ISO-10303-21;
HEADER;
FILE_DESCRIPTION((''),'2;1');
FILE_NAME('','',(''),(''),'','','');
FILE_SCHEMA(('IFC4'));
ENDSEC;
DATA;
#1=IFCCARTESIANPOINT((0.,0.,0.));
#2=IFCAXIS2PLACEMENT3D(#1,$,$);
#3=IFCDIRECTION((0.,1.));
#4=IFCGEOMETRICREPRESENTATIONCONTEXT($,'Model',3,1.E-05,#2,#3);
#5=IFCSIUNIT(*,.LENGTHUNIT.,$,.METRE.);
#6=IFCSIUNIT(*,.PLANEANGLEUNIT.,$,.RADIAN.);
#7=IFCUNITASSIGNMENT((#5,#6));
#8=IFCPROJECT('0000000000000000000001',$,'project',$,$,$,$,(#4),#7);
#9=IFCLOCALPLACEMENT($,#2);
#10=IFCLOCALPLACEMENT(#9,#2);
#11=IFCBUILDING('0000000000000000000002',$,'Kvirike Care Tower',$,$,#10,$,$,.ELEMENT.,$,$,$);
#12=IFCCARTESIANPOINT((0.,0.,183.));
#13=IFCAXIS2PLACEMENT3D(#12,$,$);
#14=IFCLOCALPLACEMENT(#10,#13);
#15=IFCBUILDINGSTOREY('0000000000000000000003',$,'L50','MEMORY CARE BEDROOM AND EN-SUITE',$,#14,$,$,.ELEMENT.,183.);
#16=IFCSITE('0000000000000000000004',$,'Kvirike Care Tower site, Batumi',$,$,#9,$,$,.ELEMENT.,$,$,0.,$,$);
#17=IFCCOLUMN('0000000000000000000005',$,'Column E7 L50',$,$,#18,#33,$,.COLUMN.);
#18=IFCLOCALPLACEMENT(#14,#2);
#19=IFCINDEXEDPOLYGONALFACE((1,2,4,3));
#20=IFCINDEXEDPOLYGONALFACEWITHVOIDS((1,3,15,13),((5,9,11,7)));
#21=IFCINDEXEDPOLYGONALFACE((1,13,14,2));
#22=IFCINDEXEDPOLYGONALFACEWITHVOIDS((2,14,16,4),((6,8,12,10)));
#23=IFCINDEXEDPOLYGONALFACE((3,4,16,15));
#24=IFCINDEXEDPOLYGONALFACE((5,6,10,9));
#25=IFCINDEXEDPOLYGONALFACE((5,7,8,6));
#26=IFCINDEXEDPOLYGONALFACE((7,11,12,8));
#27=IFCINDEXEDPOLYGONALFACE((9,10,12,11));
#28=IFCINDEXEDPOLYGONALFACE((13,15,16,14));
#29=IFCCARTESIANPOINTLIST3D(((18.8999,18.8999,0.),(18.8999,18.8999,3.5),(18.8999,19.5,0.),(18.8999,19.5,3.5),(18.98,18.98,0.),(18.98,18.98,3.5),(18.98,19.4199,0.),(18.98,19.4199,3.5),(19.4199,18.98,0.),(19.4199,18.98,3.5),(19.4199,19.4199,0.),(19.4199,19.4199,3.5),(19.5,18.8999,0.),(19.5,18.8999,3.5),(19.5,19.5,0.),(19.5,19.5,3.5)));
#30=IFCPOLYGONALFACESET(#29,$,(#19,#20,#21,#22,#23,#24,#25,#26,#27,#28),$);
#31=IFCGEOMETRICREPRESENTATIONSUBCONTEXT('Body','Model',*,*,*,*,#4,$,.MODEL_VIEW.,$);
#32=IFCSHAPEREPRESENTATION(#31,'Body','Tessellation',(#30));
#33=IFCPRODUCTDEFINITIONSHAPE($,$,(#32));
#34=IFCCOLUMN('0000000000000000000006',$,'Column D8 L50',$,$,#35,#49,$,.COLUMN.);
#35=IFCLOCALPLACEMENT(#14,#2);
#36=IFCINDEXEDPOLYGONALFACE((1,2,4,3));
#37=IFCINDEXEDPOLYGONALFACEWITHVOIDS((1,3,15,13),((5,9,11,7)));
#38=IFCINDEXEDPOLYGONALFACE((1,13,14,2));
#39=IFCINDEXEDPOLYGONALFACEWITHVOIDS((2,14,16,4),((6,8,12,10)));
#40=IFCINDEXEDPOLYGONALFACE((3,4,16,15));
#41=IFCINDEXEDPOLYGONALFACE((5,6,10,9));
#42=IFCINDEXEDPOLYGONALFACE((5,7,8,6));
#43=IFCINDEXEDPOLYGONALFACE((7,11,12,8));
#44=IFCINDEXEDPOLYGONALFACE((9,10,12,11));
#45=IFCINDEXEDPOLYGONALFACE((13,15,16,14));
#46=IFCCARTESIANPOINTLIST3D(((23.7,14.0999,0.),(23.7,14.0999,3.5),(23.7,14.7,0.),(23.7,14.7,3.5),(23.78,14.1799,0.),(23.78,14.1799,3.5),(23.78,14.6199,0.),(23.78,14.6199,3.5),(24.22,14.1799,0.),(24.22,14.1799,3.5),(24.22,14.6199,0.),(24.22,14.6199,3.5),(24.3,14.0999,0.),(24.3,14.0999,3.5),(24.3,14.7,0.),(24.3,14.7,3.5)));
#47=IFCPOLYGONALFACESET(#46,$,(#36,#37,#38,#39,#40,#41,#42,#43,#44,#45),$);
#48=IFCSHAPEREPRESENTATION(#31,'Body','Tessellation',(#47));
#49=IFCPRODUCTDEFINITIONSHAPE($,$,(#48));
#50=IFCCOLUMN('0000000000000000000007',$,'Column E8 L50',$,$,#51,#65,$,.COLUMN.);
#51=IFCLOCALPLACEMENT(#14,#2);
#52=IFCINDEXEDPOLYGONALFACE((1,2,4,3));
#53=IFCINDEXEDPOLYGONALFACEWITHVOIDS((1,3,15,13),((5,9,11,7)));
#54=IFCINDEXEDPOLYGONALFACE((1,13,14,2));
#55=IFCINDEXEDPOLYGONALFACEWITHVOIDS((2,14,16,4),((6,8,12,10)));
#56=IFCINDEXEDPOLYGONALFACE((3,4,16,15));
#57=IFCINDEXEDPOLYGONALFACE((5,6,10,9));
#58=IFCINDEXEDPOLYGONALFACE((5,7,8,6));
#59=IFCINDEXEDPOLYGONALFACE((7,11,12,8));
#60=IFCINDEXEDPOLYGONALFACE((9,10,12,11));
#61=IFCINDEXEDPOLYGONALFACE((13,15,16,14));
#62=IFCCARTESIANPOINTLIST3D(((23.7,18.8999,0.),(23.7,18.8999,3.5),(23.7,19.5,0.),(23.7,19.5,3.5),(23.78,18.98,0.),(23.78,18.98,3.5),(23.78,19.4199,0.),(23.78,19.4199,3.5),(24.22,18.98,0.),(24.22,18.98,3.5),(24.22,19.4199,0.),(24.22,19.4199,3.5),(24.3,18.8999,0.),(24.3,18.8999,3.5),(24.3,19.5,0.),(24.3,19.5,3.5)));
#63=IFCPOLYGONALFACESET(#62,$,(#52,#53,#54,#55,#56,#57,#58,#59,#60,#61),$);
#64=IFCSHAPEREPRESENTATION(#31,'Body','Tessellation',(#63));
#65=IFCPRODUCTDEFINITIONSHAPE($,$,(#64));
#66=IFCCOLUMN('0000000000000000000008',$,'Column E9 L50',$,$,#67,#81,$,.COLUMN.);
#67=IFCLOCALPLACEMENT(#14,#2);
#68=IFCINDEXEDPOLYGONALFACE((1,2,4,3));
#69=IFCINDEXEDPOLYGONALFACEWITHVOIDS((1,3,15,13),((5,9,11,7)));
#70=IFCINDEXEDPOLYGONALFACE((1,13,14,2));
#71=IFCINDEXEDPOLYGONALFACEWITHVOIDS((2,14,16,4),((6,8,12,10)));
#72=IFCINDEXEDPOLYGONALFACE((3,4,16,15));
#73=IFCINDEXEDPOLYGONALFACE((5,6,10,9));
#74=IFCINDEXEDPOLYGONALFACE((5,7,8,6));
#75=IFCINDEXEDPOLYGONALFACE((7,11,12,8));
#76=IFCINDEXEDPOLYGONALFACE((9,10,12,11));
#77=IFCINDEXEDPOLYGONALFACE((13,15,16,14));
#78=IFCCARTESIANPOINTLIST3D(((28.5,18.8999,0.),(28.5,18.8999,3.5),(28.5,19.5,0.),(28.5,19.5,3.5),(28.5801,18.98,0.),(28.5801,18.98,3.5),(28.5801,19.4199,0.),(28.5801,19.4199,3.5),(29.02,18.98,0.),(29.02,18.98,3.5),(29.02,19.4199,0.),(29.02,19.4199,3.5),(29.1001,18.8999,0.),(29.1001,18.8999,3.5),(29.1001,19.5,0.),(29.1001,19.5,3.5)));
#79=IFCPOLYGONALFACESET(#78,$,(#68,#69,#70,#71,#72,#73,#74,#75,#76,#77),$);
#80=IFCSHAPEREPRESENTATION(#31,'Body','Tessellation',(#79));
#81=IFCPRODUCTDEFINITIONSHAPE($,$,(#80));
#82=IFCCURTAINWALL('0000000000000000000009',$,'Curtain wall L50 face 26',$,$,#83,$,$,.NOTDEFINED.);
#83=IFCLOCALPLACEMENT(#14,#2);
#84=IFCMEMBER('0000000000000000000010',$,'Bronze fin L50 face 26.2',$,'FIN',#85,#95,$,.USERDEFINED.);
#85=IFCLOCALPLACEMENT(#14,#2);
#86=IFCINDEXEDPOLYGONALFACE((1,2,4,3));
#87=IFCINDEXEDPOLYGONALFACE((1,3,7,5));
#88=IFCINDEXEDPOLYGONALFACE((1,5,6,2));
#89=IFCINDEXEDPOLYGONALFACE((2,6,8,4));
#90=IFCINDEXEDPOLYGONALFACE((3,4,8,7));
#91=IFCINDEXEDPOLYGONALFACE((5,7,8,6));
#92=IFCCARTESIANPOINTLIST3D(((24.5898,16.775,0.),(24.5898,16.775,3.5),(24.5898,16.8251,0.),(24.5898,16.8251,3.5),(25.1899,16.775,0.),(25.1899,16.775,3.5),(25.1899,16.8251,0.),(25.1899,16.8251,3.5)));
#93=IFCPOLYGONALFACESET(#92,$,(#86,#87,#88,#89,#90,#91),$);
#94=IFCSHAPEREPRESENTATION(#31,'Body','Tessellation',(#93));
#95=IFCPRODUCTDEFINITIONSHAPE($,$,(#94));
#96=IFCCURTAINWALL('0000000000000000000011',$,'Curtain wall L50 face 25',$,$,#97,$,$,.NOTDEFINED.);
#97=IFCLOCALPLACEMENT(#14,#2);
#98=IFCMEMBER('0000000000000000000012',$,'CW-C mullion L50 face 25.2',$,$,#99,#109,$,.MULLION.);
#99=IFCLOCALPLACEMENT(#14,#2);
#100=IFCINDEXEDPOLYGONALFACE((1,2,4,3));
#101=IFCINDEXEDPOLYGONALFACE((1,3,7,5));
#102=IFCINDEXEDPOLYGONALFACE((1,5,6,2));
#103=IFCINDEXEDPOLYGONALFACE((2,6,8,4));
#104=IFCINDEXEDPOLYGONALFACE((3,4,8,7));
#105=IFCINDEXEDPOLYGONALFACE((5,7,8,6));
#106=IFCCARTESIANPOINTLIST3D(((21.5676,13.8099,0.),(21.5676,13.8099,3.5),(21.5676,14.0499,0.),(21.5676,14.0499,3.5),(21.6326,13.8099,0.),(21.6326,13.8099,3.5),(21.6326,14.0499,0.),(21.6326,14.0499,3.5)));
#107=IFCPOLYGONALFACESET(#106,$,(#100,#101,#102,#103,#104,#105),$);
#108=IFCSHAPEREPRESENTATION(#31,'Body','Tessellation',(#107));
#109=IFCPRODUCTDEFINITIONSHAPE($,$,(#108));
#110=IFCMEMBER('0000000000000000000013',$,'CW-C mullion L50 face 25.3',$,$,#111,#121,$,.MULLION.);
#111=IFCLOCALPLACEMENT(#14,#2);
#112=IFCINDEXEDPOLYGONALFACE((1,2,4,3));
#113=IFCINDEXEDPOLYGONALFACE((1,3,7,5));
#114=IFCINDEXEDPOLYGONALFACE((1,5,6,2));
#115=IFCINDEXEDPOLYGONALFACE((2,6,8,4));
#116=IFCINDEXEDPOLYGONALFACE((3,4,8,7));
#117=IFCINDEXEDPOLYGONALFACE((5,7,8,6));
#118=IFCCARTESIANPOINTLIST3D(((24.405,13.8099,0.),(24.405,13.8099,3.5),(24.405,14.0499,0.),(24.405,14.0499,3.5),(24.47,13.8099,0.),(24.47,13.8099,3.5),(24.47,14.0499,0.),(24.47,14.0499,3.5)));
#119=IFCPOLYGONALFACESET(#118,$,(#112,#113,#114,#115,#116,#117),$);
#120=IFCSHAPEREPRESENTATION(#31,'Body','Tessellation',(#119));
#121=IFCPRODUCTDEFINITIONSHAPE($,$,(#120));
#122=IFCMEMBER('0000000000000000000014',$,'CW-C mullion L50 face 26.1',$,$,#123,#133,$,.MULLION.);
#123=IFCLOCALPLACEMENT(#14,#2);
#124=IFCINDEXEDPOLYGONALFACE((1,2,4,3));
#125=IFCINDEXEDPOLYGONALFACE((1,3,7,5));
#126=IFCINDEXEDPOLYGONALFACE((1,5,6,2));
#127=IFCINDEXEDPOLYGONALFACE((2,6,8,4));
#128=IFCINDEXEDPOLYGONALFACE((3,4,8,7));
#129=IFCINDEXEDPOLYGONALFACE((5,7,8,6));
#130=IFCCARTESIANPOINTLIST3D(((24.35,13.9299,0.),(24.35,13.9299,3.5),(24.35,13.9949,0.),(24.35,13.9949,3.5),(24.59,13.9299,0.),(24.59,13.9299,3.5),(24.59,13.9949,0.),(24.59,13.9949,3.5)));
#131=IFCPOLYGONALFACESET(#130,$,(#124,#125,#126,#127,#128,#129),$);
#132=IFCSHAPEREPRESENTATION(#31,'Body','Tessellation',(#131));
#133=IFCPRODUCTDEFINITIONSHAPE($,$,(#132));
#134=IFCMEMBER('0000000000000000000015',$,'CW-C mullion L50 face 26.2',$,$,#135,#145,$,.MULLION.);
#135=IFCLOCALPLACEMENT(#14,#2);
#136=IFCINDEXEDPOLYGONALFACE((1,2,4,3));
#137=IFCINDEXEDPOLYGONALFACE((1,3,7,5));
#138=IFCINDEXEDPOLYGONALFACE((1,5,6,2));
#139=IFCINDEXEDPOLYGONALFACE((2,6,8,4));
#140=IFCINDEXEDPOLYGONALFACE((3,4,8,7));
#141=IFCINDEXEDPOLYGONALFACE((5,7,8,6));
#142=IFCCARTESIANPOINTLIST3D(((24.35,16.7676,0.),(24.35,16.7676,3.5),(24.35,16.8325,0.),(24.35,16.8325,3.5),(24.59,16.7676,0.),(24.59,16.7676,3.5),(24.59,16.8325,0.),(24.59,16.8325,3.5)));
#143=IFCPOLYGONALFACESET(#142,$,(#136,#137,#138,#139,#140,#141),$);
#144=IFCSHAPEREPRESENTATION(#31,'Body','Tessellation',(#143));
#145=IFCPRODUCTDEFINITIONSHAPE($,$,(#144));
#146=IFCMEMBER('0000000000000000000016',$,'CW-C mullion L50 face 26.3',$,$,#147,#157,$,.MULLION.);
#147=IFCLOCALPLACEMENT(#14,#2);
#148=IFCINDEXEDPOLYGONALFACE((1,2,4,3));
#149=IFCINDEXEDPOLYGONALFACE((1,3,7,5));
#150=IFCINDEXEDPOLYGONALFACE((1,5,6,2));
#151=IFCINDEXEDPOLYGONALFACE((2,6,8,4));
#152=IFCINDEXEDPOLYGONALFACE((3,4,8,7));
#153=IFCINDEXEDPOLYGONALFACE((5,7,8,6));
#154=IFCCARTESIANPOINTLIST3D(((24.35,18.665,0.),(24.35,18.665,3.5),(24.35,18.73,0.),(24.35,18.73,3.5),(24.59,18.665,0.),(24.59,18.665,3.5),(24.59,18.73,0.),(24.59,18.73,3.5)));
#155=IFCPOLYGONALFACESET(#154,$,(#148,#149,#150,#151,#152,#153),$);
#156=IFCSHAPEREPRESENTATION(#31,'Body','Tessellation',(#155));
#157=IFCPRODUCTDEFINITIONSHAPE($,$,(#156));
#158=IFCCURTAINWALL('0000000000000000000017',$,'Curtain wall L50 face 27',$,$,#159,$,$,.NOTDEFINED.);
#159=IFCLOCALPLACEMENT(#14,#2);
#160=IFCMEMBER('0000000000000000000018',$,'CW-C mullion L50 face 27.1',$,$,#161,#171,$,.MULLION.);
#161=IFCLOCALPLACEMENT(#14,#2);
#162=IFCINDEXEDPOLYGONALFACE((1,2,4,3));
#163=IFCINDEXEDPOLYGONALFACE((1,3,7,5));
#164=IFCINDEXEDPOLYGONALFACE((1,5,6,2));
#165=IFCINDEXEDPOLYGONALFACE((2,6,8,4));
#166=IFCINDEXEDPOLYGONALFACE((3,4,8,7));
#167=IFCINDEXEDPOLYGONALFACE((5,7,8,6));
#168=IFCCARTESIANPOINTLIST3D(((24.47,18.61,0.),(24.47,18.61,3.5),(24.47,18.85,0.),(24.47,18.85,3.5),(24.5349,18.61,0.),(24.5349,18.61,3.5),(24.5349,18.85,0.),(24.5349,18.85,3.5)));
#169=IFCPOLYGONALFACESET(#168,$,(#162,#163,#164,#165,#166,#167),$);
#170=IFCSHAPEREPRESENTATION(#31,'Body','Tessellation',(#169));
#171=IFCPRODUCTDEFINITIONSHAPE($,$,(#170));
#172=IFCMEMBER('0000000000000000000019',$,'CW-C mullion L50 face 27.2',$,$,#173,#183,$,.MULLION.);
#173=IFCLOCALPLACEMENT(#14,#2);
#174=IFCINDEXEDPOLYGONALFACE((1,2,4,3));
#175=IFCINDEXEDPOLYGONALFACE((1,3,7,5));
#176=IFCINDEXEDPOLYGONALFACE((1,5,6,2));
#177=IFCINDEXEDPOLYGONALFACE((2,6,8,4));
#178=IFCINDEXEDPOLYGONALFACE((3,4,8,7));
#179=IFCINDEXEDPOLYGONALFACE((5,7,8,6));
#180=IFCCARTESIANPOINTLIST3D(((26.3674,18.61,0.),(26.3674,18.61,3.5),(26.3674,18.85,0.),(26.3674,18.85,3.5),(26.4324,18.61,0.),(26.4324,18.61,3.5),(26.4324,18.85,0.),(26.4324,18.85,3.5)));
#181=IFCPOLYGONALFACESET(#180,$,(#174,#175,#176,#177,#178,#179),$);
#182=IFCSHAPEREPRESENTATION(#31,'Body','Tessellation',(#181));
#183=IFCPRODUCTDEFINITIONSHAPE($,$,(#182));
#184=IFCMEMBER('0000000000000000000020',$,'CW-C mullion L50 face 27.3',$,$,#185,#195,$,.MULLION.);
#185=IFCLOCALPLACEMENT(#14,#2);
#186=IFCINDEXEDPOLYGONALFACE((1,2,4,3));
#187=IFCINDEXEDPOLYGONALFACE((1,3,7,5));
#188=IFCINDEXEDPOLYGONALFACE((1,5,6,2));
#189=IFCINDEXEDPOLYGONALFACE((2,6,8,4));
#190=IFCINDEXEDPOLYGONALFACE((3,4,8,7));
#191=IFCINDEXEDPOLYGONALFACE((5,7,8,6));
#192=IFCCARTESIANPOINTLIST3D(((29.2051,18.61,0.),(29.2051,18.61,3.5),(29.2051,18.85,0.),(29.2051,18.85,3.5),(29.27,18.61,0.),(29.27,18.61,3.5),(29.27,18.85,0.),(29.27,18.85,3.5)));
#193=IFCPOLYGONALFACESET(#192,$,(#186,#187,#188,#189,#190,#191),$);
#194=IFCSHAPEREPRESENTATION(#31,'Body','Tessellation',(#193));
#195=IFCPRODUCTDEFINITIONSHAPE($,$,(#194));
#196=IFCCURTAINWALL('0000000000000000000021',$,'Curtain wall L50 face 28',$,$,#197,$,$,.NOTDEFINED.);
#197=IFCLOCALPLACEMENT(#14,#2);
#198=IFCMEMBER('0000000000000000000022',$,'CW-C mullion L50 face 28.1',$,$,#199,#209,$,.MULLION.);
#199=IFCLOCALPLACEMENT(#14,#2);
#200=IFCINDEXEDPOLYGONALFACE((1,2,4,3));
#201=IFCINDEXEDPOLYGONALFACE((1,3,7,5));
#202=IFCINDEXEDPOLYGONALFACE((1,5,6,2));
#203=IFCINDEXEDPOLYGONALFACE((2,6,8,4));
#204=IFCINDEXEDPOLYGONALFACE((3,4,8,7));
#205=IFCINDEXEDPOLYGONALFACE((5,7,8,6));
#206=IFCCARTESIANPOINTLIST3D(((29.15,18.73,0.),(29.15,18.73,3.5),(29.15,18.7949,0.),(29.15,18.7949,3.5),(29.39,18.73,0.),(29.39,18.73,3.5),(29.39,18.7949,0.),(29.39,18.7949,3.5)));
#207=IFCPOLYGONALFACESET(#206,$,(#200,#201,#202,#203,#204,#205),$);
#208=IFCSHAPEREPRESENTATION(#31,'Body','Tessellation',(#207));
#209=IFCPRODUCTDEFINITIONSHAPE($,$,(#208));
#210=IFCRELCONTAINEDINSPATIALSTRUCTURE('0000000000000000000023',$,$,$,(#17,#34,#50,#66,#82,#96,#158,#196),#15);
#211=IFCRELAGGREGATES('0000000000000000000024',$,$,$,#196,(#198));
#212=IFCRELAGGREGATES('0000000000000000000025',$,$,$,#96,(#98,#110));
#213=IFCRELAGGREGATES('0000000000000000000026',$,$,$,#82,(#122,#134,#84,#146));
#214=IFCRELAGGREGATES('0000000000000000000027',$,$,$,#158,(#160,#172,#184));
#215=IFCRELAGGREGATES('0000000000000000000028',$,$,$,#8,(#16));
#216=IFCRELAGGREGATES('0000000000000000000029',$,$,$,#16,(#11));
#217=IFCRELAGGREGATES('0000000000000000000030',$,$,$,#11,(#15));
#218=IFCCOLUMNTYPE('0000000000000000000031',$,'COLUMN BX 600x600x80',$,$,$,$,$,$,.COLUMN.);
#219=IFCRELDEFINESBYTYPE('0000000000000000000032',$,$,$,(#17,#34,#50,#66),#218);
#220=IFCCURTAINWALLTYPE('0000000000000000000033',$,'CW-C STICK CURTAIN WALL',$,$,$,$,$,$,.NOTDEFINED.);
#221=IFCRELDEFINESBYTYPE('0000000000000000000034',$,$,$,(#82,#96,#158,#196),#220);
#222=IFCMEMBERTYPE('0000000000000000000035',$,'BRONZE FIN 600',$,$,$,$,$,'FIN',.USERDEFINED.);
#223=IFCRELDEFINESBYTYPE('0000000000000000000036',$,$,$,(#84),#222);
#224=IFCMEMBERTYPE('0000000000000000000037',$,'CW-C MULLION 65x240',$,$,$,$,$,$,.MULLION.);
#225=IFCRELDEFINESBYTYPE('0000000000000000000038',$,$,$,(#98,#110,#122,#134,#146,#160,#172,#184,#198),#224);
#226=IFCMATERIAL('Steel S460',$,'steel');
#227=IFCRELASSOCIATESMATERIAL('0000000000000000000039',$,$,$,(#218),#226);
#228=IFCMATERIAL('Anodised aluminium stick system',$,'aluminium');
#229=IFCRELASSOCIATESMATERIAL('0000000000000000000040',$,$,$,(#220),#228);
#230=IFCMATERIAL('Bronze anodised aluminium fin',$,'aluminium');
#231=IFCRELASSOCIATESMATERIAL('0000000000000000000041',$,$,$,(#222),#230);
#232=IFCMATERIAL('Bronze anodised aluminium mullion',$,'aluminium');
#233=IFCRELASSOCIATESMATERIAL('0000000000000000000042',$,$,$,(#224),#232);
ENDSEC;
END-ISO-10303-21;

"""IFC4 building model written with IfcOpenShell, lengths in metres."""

from ifc_helpers import new_model, si_unit, direction, frame, origin, origin_2d, place, context, subcontext, project, spatial, rectangle, hollow_rectangle, extrude, material, material_profile, profile_set, type_object, element, aggregate, save


model = new_model("IFC4")

# Units and contexts
model_context = context("Model", 3, precision=1e-05, world=origin(), true_north=direction((0.0, 1.0)))
body_context = subcontext(model_context, "Body", "Model", "MODEL_VIEW")
ifc_project = project(units=[si_unit("LENGTHUNIT", "METRE"), si_unit("PLANEANGLEUNIT", "RADIAN")], contexts=[model_context])

# Site, building, storey
site_placement = place(None, origin())
site = spatial("IfcSite", under=ifc_project, at=site_placement, Name="Kvirike Care Tower site, Batumi", CompositionType="ELEMENT", RefElevation=0.0)
building_placement = place(site_placement, origin())
building = spatial("IfcBuilding", under=site, at=building_placement, Name="Kvirike Care Tower", CompositionType="ELEMENT")
storey_placement = place(building_placement, frame((0.0, 0.0, 183.0)))
storey = spatial("IfcBuildingStorey", under=building, at=storey_placement, Name="L50", Description="MEMORY CARE BEDROOM AND EN-SUITE", CompositionType="ELEMENT", Elevation=183.0)

# Columns
ifc_material_1 = material(Name="Steel S460", Category="steel")
ifc_material_profile_1 = material_profile(ifc_material_1, hollow_rectangle(XDim=0.6001, YDim=0.6001, WallThickness=0.0801, at=origin_2d()), Name="BX 600x600x80")
ifc_profile_set_1 = profile_set([ifc_material_profile_1], Name="Steel S460")
column_type = type_object("IfcColumnType", Name="COLUMN BX 600x600x80", PredefinedType="COLUMN", material=ifc_profile_set_1)
for number, where, z_axis, x_axis, name in (
    (1, (19.2, 19.2, 0.0), (0.0, 0.0, 1.0), (0.0, 1.0, 0.0), "Column E7 L50"),
    (2, (24.0, 14.3999, 0.0), (0.0, 0.0, 1.0), (0.0, 1.0, 0.0), "Column D8 L50"),
    (3, (24.0, 19.2, 0.0), (0.0, 0.0, 1.0), (0.0, 1.0, 0.0), "Column E8 L50"),
    (4, (28.8, 19.2, 0.0), (0.0, 0.0, 1.0), (0.0, 1.0, 0.0), "Column E9 L50"),
):
    element("IfcColumn", number, at=place(storey_placement, frame(where, z_axis=z_axis, x_axis=x_axis)), inside=storey, type_object=column_type, Name=name, PredefinedType="COLUMN", context=body_context, shape_type="SweptSolid", body=[
        extrude(hollow_rectangle(XDim=0.6001, YDim=0.6001, WallThickness=0.0801, at=origin_2d()), origin(), (0.0, 0.0, 1.0), 3.5),
    ])

# Curtain wall, member
ifc_material_2 = material(Name="Anodised aluminium stick system", Category="aluminium")
curtain_wall_type = type_object("IfcCurtainWallType", Name="CW-C STICK CURTAIN WALL", PredefinedType="NOTDEFINED", material=ifc_material_2)
curtain_wall_1_placement = place(storey_placement, origin())
curtain_wall_1 = element("IfcCurtainWall", 5, at=curtain_wall_1_placement, inside=storey, type_object=curtain_wall_type, Name="Curtain wall L50 face 26", PredefinedType="NOTDEFINED")
ifc_material_3 = material(Name="Bronze anodised aluminium fin", Category="aluminium")
ifc_material_profile_2 = material_profile(ifc_material_3, rectangle(XDim=0.05, YDim=0.6001, at=origin_2d()), Name="BRONZE FIN 600")
ifc_profile_set_2 = profile_set([ifc_material_profile_2], Name="Bronze anodised aluminium fin")
member_type_1 = type_object("IfcMemberType", Name="BRONZE FIN 600", ElementType="FIN", PredefinedType="USERDEFINED", material=ifc_profile_set_2)
member_1_placement = place(storey_placement, frame((24.8899, 16.8, 0.0), z_axis=(0.0, 0.0, 1.0), x_axis=(0.0, 1.0, 0.0)))
member_1 = element("IfcMember", 6, at=member_1_placement, type_object=member_type_1, Name="Bronze fin L50 face 26.2", ObjectType="FIN", PredefinedType="USERDEFINED", context=body_context, shape_type="SweptSolid", body=[
    extrude(rectangle(XDim=0.05, YDim=0.6001, at=origin_2d()), origin(), (0.0, 0.0, 1.0), 3.5),
])

# Curtain wall, members
curtain_wall_2_placement = place(storey_placement, origin())
curtain_wall_2 = element("IfcCurtainWall", 7, at=curtain_wall_2_placement, inside=storey, type_object=curtain_wall_type, Name="Curtain wall L50 face 25", PredefinedType="NOTDEFINED")
ifc_material_4 = material(Name="Bronze anodised aluminium mullion", Category="aluminium")
ifc_material_profile_3 = material_profile(ifc_material_4, rectangle(XDim=0.0649, YDim=0.24, at=origin_2d()), Name="CW-C MULLION 65x240")
ifc_profile_set_3 = profile_set([ifc_material_profile_3], Name="Bronze anodised aluminium mullion")
member_type_2 = type_object("IfcMemberType", Name="CW-C MULLION 65x240", PredefinedType="MULLION", material=ifc_profile_set_3)
member_2_placement = place(storey_placement, frame((21.6001, 13.9299, 0.0), z_axis=(0.0, 0.0, 1.0), x_axis=(1.0, 0.0, 0.0)))
member_2 = element("IfcMember", 8, at=member_2_placement, type_object=member_type_2, Name="CW-C mullion L50 face 25.2", PredefinedType="MULLION", context=body_context, shape_type="SweptSolid", body=[
    extrude(rectangle(XDim=0.0649, YDim=0.24, at=origin_2d()), origin(), (0.0, 0.0, 1.0), 3.5),
])
member_3_placement = place(storey_placement, frame((24.4375, 13.9299, 0.0), z_axis=(0.0, 0.0, 1.0), x_axis=(1.0, 0.0, 0.0)))
member_3 = element("IfcMember", 9, at=member_3_placement, type_object=member_type_2, Name="CW-C mullion L50 face 25.3", PredefinedType="MULLION", context=body_context, shape_type="SweptSolid", body=[
    extrude(rectangle(XDim=0.0649, YDim=0.24, at=origin_2d()), origin(), (0.0, 0.0, 1.0), 3.5),
])

# Members
member_4_placement = place(storey_placement, frame((24.47, 13.9624, 0.0), z_axis=(0.0, 0.0, 1.0), x_axis=(0.0, 1.0, 0.0)))
member_4 = element("IfcMember", 10, at=member_4_placement, type_object=member_type_2, Name="CW-C mullion L50 face 26.1", PredefinedType="MULLION", context=body_context, shape_type="SweptSolid", body=[
    extrude(rectangle(XDim=0.0649, YDim=0.24, at=origin_2d()), origin(), (0.0, 0.0, 1.0), 3.5),
])
member_5_placement = place(storey_placement, frame((24.47, 16.8, 0.0), z_axis=(0.0, 0.0, 1.0), x_axis=(0.0, 1.0, 0.0)))
member_5 = element("IfcMember", 11, at=member_5_placement, type_object=member_type_2, Name="CW-C mullion L50 face 26.2", PredefinedType="MULLION", context=body_context, shape_type="SweptSolid", body=[
    extrude(rectangle(XDim=0.0649, YDim=0.24, at=origin_2d()), origin(), (0.0, 0.0, 1.0), 3.5),
])
member_6_placement = place(storey_placement, frame((24.47, 18.6975, 0.0), z_axis=(0.0, 0.0, 1.0), x_axis=(0.0, 1.0, 0.0)))
member_6 = element("IfcMember", 12, at=member_6_placement, type_object=member_type_2, Name="CW-C mullion L50 face 26.3", PredefinedType="MULLION", context=body_context, shape_type="SweptSolid", body=[
    extrude(rectangle(XDim=0.0649, YDim=0.24, at=origin_2d()), origin(), (0.0, 0.0, 1.0), 3.5),
])

# Curtain wall, members
curtain_wall_3_placement = place(storey_placement, origin())
curtain_wall_3 = element("IfcCurtainWall", 13, at=curtain_wall_3_placement, inside=storey, type_object=curtain_wall_type, Name="Curtain wall L50 face 27", PredefinedType="NOTDEFINED")
member_7_placement = place(storey_placement, frame((24.5024, 18.73, 0.0), z_axis=(0.0, 0.0, 1.0), x_axis=(1.0, 0.0, 0.0)))
member_7 = element("IfcMember", 14, at=member_7_placement, type_object=member_type_2, Name="CW-C mullion L50 face 27.1", PredefinedType="MULLION", context=body_context, shape_type="SweptSolid", body=[
    extrude(rectangle(XDim=0.0649, YDim=0.24, at=origin_2d()), origin(), (0.0, 0.0, 1.0), 3.5),
])
member_8_placement = place(storey_placement, frame((26.3999, 18.73, 0.0), z_axis=(0.0, 0.0, 1.0), x_axis=(1.0, 0.0, 0.0)))
member_8 = element("IfcMember", 15, at=member_8_placement, type_object=member_type_2, Name="CW-C mullion L50 face 27.2", PredefinedType="MULLION", context=body_context, shape_type="SweptSolid", body=[
    extrude(rectangle(XDim=0.0649, YDim=0.24, at=origin_2d()), origin(), (0.0, 0.0, 1.0), 3.5),
])
member_9_placement = place(storey_placement, frame((29.2375, 18.73, 0.0), z_axis=(0.0, 0.0, 1.0), x_axis=(1.0, 0.0, 0.0)))
member_9 = element("IfcMember", 16, at=member_9_placement, type_object=member_type_2, Name="CW-C mullion L50 face 27.3", PredefinedType="MULLION", context=body_context, shape_type="SweptSolid", body=[
    extrude(rectangle(XDim=0.0649, YDim=0.24, at=origin_2d()), origin(), (0.0, 0.0, 1.0), 3.5),
])

# Curtain wall, member
curtain_wall_4_placement = place(storey_placement, origin())
curtain_wall_4 = element("IfcCurtainWall", 17, at=curtain_wall_4_placement, inside=storey, type_object=curtain_wall_type, Name="Curtain wall L50 face 28", PredefinedType="NOTDEFINED")
member_10_placement = place(storey_placement, frame((29.27, 18.7625, 0.0), z_axis=(0.0, 0.0, 1.0), x_axis=(0.0, 1.0, 0.0)))
member_10 = element("IfcMember", 18, at=member_10_placement, type_object=member_type_2, Name="CW-C mullion L50 face 28.1", PredefinedType="MULLION", context=body_context, shape_type="SweptSolid", body=[
    extrude(rectangle(XDim=0.0649, YDim=0.24, at=origin_2d()), origin(), (0.0, 0.0, 1.0), 3.5),
])

aggregate(curtain_wall_4, [member_10])

aggregate(curtain_wall_2, [member_2, member_3])
aggregate(curtain_wall_1, [member_4, member_5, member_1, member_6])
aggregate(curtain_wall_3, [member_7, member_8, member_9])

save(model, "model.ifc")
